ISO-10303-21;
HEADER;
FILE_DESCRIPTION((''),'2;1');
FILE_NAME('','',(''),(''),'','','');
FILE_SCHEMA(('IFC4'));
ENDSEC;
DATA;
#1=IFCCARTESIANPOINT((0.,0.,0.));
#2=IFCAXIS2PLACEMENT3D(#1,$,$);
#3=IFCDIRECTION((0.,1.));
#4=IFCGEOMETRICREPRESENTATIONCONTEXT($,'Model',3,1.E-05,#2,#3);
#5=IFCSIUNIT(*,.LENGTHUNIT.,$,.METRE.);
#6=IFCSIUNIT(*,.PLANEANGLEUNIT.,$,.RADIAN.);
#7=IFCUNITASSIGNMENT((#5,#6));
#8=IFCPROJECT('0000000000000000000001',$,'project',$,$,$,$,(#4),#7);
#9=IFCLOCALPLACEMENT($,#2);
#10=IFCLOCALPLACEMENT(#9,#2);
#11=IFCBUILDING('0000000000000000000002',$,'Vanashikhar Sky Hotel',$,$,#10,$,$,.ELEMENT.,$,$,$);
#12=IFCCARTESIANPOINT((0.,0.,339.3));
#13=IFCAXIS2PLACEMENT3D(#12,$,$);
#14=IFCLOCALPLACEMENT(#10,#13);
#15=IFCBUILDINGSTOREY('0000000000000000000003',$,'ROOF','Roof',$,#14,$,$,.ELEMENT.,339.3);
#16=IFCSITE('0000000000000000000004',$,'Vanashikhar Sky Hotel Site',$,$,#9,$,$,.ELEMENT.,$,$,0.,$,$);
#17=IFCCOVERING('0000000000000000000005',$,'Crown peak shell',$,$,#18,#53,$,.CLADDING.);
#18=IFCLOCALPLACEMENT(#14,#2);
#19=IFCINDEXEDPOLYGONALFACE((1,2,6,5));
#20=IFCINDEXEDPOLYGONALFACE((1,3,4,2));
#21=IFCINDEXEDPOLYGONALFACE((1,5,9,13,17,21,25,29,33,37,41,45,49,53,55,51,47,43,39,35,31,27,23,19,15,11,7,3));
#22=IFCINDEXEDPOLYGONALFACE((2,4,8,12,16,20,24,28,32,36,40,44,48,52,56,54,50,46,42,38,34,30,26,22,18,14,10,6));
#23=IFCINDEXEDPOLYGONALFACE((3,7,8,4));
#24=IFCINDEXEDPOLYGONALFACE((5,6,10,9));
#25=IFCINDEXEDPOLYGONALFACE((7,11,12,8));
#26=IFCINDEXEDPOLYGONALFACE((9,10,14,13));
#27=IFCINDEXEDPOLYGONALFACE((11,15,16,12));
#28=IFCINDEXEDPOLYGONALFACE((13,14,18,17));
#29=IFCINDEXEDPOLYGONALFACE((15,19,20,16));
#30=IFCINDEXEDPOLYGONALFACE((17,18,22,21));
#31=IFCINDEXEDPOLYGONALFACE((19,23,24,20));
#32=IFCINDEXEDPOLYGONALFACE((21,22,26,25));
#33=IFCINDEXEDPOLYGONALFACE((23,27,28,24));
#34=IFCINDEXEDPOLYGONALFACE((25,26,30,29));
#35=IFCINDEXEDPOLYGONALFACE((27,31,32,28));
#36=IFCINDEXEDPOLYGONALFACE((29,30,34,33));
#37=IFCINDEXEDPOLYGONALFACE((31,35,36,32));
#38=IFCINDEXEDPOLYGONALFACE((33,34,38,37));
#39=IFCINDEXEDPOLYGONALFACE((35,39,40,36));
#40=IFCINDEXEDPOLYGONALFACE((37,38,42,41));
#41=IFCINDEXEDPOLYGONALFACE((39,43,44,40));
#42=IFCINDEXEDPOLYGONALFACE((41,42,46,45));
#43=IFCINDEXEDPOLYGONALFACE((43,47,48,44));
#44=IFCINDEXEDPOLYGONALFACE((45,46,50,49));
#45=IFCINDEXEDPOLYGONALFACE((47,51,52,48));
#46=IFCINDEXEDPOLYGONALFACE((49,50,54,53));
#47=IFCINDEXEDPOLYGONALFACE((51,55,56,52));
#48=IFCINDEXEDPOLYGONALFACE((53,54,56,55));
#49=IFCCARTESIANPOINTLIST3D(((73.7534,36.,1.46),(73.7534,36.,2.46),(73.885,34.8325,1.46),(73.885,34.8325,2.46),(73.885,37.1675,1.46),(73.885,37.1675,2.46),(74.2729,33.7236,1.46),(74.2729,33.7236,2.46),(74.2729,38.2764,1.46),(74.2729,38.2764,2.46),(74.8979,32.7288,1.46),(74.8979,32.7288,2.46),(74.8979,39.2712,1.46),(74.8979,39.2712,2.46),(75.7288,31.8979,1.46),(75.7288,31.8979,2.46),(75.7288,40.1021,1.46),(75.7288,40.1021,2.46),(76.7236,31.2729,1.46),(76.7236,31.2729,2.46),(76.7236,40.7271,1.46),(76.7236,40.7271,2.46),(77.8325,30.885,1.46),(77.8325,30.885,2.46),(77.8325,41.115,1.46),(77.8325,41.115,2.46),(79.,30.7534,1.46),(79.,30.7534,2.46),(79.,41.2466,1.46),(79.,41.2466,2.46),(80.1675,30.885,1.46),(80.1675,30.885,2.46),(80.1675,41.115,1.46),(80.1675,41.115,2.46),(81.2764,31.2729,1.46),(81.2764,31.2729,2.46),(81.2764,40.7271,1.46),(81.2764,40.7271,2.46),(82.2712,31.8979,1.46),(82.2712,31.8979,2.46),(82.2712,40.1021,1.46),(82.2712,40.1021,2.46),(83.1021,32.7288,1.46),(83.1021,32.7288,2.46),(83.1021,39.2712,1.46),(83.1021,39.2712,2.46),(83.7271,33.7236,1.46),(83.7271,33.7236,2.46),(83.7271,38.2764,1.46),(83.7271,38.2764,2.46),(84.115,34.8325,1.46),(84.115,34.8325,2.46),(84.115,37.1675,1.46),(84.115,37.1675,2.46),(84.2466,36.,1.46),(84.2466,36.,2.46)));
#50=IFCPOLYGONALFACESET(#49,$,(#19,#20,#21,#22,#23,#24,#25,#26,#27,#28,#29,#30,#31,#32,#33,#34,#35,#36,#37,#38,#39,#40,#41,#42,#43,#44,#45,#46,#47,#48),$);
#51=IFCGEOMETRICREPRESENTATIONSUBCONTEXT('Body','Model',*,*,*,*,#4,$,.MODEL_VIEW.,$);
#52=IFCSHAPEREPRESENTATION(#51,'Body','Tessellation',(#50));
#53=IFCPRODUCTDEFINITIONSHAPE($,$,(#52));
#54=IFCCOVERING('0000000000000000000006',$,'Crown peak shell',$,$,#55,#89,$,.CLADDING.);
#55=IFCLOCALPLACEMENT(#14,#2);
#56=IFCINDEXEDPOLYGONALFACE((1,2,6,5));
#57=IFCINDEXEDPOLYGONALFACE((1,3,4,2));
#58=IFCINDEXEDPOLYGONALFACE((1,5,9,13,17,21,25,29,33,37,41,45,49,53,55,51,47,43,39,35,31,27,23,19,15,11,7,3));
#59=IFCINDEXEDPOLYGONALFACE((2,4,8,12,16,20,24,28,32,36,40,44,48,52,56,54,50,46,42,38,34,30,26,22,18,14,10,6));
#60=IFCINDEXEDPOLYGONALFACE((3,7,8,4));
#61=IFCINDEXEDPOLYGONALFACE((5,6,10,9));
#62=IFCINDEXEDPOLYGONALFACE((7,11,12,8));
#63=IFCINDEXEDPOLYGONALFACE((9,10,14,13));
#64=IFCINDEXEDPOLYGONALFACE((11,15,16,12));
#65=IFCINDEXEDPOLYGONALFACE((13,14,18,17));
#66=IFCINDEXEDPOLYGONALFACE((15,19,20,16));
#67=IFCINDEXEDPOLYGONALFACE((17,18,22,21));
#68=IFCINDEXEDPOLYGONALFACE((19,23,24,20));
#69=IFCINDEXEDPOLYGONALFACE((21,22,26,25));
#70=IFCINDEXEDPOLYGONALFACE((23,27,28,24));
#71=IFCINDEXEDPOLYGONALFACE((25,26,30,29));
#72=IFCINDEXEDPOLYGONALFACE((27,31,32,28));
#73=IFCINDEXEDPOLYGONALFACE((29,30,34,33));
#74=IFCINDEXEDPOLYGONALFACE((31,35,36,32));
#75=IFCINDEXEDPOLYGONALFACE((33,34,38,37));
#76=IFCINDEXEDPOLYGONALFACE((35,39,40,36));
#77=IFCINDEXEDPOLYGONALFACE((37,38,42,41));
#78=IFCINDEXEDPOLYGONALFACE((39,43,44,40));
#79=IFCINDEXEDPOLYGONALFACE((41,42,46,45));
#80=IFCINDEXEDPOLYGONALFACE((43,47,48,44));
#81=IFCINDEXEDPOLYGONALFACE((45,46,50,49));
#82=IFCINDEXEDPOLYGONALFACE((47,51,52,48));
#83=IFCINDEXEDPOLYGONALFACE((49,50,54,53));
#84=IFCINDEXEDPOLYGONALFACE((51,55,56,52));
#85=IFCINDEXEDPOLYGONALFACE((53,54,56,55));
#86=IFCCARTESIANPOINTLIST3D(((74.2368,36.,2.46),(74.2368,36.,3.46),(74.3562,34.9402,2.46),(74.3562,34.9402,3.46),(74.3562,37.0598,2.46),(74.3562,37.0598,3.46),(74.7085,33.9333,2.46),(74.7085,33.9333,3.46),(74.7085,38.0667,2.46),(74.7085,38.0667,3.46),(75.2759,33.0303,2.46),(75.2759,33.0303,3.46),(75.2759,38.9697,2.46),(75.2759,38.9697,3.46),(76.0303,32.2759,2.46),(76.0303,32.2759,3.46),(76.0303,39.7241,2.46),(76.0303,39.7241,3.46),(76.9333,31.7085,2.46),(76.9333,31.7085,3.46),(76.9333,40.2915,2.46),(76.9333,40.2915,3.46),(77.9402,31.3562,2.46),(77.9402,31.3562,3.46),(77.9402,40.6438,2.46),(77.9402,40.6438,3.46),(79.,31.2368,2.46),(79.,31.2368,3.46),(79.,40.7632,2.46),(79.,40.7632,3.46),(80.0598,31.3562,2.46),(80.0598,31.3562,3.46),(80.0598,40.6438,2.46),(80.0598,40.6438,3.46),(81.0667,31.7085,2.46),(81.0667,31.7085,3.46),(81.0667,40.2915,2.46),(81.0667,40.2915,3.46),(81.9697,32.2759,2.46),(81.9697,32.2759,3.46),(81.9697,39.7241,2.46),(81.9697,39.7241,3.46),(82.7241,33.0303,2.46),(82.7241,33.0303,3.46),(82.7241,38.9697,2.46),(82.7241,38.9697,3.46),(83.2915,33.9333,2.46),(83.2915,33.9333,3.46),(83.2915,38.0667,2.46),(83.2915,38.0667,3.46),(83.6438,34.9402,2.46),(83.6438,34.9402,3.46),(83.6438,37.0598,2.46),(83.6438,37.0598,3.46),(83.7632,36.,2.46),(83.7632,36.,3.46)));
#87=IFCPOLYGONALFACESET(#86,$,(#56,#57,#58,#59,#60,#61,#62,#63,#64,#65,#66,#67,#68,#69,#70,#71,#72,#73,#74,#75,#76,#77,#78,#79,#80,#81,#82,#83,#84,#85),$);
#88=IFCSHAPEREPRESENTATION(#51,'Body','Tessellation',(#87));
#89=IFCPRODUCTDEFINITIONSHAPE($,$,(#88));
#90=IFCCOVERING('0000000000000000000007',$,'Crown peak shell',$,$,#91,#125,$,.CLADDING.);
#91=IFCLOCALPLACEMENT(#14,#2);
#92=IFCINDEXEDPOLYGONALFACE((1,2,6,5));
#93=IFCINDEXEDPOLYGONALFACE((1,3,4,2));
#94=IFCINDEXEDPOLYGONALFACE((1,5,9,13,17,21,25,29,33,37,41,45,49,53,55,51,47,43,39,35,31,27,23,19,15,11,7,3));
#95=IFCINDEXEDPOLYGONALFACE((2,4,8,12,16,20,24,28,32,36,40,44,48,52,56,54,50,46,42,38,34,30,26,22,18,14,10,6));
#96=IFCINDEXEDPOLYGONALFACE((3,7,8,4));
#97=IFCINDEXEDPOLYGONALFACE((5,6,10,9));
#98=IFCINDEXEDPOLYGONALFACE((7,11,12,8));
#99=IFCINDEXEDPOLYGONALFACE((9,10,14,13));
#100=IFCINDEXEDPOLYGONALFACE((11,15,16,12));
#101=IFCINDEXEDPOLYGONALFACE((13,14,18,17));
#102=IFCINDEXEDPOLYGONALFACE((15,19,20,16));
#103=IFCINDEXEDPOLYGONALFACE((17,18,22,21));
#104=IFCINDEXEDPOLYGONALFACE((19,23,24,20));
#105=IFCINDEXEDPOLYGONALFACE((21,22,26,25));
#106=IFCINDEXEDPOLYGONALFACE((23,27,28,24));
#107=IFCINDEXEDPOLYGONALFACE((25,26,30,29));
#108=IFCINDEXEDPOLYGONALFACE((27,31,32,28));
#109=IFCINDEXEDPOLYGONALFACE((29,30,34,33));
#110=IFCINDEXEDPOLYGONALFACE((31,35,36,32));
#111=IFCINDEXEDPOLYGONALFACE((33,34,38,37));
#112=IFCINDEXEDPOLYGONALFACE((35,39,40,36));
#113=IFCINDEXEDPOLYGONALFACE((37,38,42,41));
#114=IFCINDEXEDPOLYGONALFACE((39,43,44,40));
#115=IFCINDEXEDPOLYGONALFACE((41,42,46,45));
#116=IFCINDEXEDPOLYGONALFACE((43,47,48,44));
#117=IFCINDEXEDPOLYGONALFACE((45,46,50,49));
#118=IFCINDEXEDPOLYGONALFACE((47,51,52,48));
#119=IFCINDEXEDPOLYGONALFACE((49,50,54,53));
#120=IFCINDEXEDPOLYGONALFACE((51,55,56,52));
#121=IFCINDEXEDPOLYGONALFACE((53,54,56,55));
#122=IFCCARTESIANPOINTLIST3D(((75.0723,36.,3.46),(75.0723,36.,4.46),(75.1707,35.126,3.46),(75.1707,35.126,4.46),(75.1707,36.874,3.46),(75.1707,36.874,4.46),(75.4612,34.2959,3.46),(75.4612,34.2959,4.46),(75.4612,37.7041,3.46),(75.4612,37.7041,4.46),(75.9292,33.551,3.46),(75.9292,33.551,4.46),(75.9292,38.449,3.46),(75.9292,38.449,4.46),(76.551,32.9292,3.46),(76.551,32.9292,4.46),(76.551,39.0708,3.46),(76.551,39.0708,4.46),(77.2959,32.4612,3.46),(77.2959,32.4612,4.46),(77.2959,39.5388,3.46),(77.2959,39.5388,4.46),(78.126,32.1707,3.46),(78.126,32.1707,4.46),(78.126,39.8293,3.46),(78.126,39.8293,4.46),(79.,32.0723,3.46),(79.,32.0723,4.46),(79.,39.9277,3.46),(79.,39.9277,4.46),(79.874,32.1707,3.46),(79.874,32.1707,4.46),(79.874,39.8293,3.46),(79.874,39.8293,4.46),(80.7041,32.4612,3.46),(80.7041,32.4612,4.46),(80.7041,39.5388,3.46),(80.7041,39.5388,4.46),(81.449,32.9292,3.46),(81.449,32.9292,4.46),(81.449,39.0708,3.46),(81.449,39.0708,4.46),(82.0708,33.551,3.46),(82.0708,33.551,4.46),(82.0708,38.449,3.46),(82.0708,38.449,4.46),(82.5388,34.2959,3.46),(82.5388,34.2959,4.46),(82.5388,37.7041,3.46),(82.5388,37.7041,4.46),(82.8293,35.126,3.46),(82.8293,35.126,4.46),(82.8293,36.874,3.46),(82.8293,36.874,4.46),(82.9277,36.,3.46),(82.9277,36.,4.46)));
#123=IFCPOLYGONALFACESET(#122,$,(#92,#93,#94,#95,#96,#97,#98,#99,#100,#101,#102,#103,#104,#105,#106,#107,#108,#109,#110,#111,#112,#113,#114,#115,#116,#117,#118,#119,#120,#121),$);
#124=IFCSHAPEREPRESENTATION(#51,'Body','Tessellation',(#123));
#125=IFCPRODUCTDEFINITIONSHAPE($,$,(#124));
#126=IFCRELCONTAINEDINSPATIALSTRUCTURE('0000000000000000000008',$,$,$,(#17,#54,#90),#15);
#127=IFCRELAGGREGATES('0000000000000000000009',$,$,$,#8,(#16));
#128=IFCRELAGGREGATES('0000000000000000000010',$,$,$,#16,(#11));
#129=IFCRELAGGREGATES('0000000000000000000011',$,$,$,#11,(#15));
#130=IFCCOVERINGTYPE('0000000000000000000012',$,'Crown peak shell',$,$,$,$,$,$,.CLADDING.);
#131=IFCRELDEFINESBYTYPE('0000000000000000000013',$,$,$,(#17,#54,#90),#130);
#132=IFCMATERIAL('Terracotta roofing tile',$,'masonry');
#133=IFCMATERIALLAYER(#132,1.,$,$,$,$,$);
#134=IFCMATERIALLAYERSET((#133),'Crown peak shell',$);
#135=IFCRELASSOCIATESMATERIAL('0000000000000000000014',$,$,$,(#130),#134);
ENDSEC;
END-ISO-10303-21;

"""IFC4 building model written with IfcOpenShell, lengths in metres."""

from ifc_helpers import new_model, si_unit, direction, frame, origin, place, context, subcontext, project, spatial, polyline, outline, extrude, source, transform, mapped, material, layer, layer_set, type_object, element, save


model = new_model("IFC4")

# Units and contexts
model_context = context("Model", 3, precision=1e-05, world=origin(), true_north=direction((0.0, 1.0)))
body_context = subcontext(model_context, "Body", "Model", "MODEL_VIEW")
ifc_project = project(units=[si_unit("LENGTHUNIT", "METRE"), si_unit("PLANEANGLEUNIT", "RADIAN")], contexts=[model_context])

# Site, building, storey
site_placement = place(None, origin())
site = spatial("IfcSite", under=ifc_project, at=site_placement, Name="Vanashikhar Sky Hotel Site", CompositionType="ELEMENT", RefElevation=0.0)
building_placement = place(site_placement, origin())
building = spatial("IfcBuilding", under=site, at=building_placement, Name="Vanashikhar Sky Hotel", CompositionType="ELEMENT")
storey_placement = place(building_placement, frame((0.0, 0.0, 339.3)))
storey = spatial("IfcBuildingStorey", under=building, at=storey_placement, Name="ROOF", Description="Roof", CompositionType="ELEMENT", Elevation=339.3)

# Coverings
ifc_material_1 = material(Name="Terracotta roofing tile", Category="masonry")
ifc_layer_1 = layer(ifc_material_1, 1.0)
ifc_layer_set_1 = layer_set([ifc_layer_1], Name="Crown peak shell")
covering_type_1 = type_object("IfcCoveringType", Name="Crown peak shell", PredefinedType="CLADDING", material=ifc_layer_set_1)
shared_shape_1 = source(origin(), body_context, "Body", "SweptSolid", [
    extrude(outline(polyline([(84.2466, 36.0), (84.115, 37.1675), (83.7271, 38.2764), (83.1021, 39.2712), (82.2712, 40.1021), (81.2764, 40.7271), (80.1675, 41.115), (79.0, 41.2466), (77.8325, 41.115), (76.7236, 40.7271), (75.7288, 40.1021), (74.8979, 39.2712), (74.2729, 38.2764), (73.885, 37.1675), (73.7534, 36.0), (73.885, 34.8325), (74.2729, 33.7236), (74.8979, 32.7288), (75.7288, 31.8979), (76.7236, 31.2729), (77.8325, 30.885), (79.0, 30.7534), (80.1675, 30.885), (81.2764, 31.2729), (82.2712, 31.8979), (83.1021, 32.7288), (83.7271, 33.7236), (84.115, 34.8325), (84.2466, 36.0)])), origin(), (0.0, 0.0, 1.0), 1.0),
])
covering_1_placement = place(storey_placement, frame((0.0, 0.0, 1.46)))
element("IfcCovering", 1, at=covering_1_placement, inside=storey, type_object=covering_type_1, Name="Crown peak shell", PredefinedType="CLADDING", context=body_context, shape_type="MappedRepresentation", body=[
    mapped(shared_shape_1, transform((0.0, 0.0, 0.0), scale=1.0)),
])
shared_shape_2 = source(origin(), body_context, "Body", "SweptSolid", [
    extrude(outline(polyline([(83.7632, 36.0), (83.6438, 37.0598), (83.2915, 38.0667), (82.7241, 38.9697), (81.9697, 39.7241), (81.0667, 40.2915), (80.0598, 40.6438), (79.0, 40.7632), (77.9402, 40.6438), (76.9333, 40.2915), (76.0303, 39.7241), (75.2759, 38.9697), (74.7085, 38.0667), (74.3562, 37.0598), (74.2368, 36.0), (74.3562, 34.9402), (74.7085, 33.9333), (75.2759, 33.0303), (76.0303, 32.2759), (76.9333, 31.7085), (77.9402, 31.3562), (79.0, 31.2368), (80.0598, 31.3562), (81.0667, 31.7085), (81.9697, 32.2759), (82.7241, 33.0303), (83.2915, 33.9333), (83.6438, 34.9402), (83.7632, 36.0)])), origin(), (0.0, 0.0, 1.0), 1.0),
])
covering_2_placement = place(storey_placement, frame((0.0, 0.0, 2.46)))
element("IfcCovering", 2, at=covering_2_placement, inside=storey, type_object=covering_type_1, Name="Crown peak shell", PredefinedType="CLADDING", context=body_context, shape_type="MappedRepresentation", body=[
    mapped(shared_shape_2, transform((0.0, 0.0, 0.0), scale=1.0)),
])
shared_shape_3 = source(origin(), body_context, "Body", "SweptSolid", [
    extrude(outline(polyline([(82.9277, 36.0), (82.8293, 36.874), (82.5388, 37.7041), (82.0708, 38.449), (81.449, 39.0708), (80.7041, 39.5388), (79.874, 39.8293), (79.0, 39.9277), (78.126, 39.8293), (77.2959, 39.5388), (76.551, 39.0708), (75.9292, 38.449), (75.4612, 37.7041), (75.1707, 36.874), (75.0723, 36.0), (75.1707, 35.126), (75.4612, 34.2959), (75.9292, 33.551), (76.551, 32.9292), (77.2959, 32.4612), (78.126, 32.1707), (79.0, 32.0723), (79.874, 32.1707), (80.7041, 32.4612), (81.449, 32.9292), (82.0708, 33.551), (82.5388, 34.2959), (82.8293, 35.126), (82.9277, 36.0)])), origin(), (0.0, 0.0, 1.0), 1.0),
])
covering_3_placement = place(storey_placement, frame((0.0, 0.0, 3.46)))
element("IfcCovering", 3, at=covering_3_placement, inside=storey, type_object=covering_type_1, Name="Crown peak shell", PredefinedType="CLADDING", context=body_context, shape_type="MappedRepresentation", body=[
    mapped(shared_shape_3, transform((0.0, 0.0, 0.0), scale=1.0)),
])

save(model, "model.ifc")
